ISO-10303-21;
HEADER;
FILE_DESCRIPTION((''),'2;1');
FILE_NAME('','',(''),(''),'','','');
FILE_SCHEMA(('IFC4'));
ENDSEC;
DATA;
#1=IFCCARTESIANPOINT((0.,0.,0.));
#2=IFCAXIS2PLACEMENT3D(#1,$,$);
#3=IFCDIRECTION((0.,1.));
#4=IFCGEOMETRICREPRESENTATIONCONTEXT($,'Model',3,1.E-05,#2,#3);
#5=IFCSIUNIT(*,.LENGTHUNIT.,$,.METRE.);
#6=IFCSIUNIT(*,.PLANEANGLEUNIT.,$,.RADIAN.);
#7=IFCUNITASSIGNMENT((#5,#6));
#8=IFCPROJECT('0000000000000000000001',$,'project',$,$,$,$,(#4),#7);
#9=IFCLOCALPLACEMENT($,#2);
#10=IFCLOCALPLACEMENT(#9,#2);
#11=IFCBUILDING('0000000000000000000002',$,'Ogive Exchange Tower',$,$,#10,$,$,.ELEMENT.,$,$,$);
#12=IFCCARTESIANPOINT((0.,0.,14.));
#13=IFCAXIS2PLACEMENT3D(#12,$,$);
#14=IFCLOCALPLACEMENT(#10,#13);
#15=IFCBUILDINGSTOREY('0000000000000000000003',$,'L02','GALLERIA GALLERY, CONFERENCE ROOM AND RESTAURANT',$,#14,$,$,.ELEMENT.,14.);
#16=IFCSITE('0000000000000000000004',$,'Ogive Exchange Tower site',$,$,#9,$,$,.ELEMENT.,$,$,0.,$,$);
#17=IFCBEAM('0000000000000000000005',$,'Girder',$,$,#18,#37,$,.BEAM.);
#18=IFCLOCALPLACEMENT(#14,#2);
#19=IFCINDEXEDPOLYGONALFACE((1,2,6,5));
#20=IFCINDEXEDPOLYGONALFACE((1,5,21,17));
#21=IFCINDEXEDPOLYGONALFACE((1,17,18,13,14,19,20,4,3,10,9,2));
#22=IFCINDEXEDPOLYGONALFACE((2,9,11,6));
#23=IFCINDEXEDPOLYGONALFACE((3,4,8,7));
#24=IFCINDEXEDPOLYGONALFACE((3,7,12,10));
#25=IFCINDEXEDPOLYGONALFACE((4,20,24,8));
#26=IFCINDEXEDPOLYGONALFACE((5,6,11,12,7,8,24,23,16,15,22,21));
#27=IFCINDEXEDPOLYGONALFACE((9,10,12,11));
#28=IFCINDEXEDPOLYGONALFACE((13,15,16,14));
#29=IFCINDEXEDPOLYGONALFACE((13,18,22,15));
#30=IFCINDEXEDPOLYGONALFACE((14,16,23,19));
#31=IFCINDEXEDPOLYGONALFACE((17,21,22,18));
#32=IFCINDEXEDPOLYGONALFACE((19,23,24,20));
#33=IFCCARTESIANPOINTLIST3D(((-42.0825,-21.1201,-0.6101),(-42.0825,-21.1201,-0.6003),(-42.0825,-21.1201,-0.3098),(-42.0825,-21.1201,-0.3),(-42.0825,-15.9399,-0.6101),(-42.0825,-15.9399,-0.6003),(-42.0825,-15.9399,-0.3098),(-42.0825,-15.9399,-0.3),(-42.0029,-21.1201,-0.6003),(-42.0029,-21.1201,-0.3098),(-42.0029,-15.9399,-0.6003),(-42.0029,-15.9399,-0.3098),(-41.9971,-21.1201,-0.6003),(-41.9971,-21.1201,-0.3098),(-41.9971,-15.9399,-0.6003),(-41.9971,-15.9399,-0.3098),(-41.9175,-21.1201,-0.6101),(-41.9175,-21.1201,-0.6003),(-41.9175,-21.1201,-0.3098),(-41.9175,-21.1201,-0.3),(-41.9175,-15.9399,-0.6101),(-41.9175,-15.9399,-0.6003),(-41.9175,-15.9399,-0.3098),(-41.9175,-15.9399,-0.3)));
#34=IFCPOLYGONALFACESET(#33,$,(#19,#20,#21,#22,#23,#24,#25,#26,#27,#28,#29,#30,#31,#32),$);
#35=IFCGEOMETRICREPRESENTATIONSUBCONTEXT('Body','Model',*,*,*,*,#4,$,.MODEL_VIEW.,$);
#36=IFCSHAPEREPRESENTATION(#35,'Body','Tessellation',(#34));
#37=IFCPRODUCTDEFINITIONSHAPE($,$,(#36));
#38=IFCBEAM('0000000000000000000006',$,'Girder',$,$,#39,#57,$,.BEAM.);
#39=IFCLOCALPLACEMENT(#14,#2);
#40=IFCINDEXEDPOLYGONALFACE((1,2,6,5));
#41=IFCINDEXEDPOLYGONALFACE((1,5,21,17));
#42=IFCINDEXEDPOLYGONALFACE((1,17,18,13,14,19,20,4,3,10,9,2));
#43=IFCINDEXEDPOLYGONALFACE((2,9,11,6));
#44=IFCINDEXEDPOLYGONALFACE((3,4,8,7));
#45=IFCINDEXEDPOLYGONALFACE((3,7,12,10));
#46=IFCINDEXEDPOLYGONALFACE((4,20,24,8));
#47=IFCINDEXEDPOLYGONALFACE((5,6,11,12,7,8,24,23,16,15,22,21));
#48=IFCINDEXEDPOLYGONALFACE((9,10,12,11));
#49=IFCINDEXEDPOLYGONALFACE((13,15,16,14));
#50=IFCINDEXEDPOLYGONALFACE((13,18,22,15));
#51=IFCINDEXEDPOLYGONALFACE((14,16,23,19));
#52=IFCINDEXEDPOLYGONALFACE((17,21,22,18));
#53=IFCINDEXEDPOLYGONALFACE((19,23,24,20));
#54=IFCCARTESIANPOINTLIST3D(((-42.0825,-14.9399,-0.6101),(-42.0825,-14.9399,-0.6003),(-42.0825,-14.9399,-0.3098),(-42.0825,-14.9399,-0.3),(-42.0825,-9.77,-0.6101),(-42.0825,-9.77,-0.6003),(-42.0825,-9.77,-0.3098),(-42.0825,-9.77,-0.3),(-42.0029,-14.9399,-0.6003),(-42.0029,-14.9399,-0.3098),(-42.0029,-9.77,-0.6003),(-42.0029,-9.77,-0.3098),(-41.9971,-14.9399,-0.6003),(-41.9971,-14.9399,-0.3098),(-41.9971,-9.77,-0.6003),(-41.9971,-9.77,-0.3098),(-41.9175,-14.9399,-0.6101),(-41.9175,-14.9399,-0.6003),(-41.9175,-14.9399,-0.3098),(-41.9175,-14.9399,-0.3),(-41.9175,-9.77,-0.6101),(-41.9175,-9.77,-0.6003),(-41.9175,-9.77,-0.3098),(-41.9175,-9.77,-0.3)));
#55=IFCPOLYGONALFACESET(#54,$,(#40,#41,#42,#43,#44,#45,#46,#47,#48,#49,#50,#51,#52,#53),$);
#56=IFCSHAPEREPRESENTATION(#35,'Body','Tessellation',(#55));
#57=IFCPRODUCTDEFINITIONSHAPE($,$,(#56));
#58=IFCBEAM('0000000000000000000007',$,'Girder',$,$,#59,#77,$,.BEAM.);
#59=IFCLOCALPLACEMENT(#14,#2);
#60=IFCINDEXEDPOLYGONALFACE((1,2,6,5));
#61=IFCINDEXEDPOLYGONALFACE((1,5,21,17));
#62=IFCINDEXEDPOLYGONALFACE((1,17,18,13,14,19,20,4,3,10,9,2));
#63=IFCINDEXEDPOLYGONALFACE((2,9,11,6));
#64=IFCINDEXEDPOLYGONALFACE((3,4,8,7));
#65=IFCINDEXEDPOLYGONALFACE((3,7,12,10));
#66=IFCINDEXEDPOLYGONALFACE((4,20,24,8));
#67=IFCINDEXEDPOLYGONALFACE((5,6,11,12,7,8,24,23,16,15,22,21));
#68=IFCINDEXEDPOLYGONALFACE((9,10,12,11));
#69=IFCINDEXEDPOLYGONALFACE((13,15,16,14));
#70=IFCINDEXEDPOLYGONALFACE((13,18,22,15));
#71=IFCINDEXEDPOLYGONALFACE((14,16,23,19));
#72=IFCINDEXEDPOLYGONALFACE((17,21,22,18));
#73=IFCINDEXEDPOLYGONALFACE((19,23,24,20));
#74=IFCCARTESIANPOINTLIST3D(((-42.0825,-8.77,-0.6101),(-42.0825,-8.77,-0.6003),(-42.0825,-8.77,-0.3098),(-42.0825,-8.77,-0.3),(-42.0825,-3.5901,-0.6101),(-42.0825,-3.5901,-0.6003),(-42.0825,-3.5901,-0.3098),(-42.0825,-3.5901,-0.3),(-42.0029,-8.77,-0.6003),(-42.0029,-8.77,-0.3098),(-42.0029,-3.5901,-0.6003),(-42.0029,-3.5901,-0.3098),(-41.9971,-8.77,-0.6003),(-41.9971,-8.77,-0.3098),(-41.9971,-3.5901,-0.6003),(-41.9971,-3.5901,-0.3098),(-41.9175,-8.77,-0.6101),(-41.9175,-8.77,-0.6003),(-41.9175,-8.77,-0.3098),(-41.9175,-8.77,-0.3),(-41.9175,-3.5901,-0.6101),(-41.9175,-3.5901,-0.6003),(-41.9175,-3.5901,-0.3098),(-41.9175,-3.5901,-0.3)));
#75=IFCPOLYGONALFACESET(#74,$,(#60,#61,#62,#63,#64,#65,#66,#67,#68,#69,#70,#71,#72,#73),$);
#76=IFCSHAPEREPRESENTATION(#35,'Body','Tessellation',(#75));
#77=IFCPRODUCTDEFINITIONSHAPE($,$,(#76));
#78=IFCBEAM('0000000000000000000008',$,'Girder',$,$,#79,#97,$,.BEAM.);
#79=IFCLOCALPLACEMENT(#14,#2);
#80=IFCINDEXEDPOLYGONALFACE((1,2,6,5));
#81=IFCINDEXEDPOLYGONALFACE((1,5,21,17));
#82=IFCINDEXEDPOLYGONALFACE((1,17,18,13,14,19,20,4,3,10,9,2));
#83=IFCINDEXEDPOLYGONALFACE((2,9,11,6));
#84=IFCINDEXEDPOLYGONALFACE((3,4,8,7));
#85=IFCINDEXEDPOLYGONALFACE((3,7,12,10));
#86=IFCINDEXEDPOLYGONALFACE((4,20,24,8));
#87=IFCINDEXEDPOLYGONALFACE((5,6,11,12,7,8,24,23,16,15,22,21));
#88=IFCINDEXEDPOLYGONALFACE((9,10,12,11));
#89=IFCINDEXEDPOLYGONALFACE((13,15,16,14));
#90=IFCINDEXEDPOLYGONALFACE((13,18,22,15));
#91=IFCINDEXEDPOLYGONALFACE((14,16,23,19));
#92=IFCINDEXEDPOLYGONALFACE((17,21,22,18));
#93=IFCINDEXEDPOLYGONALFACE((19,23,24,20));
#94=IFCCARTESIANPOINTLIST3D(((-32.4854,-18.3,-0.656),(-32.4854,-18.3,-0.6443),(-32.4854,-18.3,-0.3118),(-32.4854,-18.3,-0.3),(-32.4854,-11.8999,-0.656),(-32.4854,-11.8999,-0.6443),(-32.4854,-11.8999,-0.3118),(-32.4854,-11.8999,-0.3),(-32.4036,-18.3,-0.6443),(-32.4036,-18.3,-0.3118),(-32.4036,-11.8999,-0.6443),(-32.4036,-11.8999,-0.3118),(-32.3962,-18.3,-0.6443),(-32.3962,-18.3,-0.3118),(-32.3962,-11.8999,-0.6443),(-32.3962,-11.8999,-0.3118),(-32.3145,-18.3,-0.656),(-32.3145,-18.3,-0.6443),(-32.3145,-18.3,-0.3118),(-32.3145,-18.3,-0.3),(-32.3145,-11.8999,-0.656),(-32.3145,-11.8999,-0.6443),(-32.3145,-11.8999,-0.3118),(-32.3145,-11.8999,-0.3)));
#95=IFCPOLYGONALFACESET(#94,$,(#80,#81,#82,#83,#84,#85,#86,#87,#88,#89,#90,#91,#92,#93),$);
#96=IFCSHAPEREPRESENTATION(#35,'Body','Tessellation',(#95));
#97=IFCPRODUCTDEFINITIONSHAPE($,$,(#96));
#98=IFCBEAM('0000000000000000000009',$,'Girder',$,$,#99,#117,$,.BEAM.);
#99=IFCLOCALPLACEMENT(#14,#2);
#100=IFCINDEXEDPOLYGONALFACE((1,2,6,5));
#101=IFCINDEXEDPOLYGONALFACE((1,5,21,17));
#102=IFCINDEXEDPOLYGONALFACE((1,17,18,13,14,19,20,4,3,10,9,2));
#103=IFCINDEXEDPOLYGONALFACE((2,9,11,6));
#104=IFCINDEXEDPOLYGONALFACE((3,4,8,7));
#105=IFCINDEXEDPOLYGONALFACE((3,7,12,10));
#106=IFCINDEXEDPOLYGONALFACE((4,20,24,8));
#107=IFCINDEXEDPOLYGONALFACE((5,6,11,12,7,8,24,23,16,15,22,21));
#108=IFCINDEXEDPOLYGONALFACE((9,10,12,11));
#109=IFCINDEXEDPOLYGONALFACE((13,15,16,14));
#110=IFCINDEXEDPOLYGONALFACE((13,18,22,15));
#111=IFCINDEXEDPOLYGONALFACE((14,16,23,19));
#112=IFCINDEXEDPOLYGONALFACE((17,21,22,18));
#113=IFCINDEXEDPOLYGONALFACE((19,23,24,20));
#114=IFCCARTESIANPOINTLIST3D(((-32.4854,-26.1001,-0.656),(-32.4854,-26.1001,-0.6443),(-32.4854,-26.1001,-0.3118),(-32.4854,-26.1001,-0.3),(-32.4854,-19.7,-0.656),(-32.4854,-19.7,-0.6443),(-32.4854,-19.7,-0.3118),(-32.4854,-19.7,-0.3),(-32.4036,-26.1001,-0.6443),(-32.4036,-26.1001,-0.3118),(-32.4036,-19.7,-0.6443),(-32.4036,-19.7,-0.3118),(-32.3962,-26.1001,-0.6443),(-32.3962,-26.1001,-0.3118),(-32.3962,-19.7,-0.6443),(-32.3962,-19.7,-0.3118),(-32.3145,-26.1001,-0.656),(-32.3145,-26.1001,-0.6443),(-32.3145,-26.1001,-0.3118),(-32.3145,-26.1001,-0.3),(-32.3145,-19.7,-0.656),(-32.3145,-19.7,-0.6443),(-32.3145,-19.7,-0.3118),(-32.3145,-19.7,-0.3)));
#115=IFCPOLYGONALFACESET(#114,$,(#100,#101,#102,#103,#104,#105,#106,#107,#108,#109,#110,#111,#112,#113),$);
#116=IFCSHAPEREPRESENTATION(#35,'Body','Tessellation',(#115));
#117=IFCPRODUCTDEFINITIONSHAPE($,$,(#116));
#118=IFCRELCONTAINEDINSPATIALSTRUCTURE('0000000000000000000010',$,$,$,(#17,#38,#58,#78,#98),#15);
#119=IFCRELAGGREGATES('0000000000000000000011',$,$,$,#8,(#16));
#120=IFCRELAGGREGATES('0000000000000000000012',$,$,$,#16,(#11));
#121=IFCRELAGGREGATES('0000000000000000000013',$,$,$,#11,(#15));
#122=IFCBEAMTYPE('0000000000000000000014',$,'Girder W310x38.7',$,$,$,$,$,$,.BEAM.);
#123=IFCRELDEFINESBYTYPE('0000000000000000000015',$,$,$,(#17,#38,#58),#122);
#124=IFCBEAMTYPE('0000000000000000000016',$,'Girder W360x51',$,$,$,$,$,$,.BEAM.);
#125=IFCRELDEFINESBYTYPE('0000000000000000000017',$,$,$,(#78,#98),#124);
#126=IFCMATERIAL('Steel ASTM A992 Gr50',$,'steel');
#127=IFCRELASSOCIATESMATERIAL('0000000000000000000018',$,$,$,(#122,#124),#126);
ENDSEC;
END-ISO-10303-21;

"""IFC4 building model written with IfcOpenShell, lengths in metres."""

from ifc_helpers import new_model, si_unit, direction, frame, origin, origin_2d, place, context, subcontext, project, spatial, i_section, extrude, material, material_profile, profile_set, type_object, element, save


model = new_model("IFC4")

# Units and contexts
model_context = context("Model", 3, precision=1e-05, world=origin(), true_north=direction((0.0, 1.0)))
body_context = subcontext(model_context, "Body", "Model", "MODEL_VIEW")
ifc_project = project(units=[si_unit("LENGTHUNIT", "METRE"), si_unit("PLANEANGLEUNIT", "RADIAN")], contexts=[model_context])

# Site, building, storey
site_placement = place(None, origin())
site = spatial("IfcSite", under=ifc_project, at=site_placement, Name="Ogive Exchange Tower site", CompositionType="ELEMENT", RefElevation=0.0)
building_placement = place(site_placement, origin())
building = spatial("IfcBuilding", under=site, at=building_placement, Name="Ogive Exchange Tower", CompositionType="ELEMENT")
storey_placement = place(building_placement, frame((0.0, 0.0, 14.0)))
storey = spatial("IfcBuildingStorey", under=building, at=storey_placement, Name="L02", Description="GALLERIA GALLERY, CONFERENCE ROOM AND RESTAURANT", CompositionType="ELEMENT", Elevation=14.0)

# Beams
ifc_material_1 = material(Name="Steel ASTM A992 Gr50", Category="steel")
ifc_material_profile_1 = material_profile(ifc_material_1, i_section(OverallWidth=0.165, OverallDepth=0.3101, WebThickness=0.0059, FlangeThickness=0.0098, at=origin_2d()), Name="W310x38.7")
ifc_profile_set_1 = profile_set([ifc_material_profile_1], Name="Steel ASTM A992 Gr50")
beam_type_1 = type_object("IfcBeamType", Name="Girder W310x38.7", PredefinedType="BEAM", material=ifc_profile_set_1)
beam_1_placement = place(storey_placement, frame((-42.0, -21.1201, -0.4551), z_axis=(0.0, 1.0, 0.0), x_axis=(-1.0, 0.0, 0.0)))
element("IfcBeam", 1, at=beam_1_placement, inside=storey, type_object=beam_type_1, Name="Girder", PredefinedType="BEAM", context=body_context, shape_type="SweptSolid", body=[
    extrude(i_section(OverallWidth=0.165, OverallDepth=0.3101, WebThickness=0.0059, FlangeThickness=0.0098, at=origin_2d()), origin(), (0.0, 0.0, 1.0), 5.1802),
])
beam_2_placement = place(storey_placement, frame((-42.0, -14.9399, -0.4551), z_axis=(0.0, 1.0, 0.0), x_axis=(-1.0, 0.0, 0.0)))
element("IfcBeam", 2, at=beam_2_placement, inside=storey, type_object=beam_type_1, Name="Girder", PredefinedType="BEAM", context=body_context, shape_type="SweptSolid", body=[
    extrude(i_section(OverallWidth=0.165, OverallDepth=0.3101, WebThickness=0.0059, FlangeThickness=0.0098, at=origin_2d()), origin(), (0.0, 0.0, 1.0), 5.1699),
])
beam_3_placement = place(storey_placement, frame((-42.0, -8.77, -0.4551), z_axis=(0.0, 1.0, 0.0), x_axis=(-1.0, 0.0, 0.0)))
element("IfcBeam", 3, at=beam_3_placement, inside=storey, type_object=beam_type_1, Name="Girder", PredefinedType="BEAM", context=body_context, shape_type="SweptSolid", body=[
    extrude(i_section(OverallWidth=0.165, OverallDepth=0.3101, WebThickness=0.0059, FlangeThickness=0.0098, at=origin_2d()), origin(), (0.0, 0.0, 1.0), 5.1799),
])
ifc_material_profile_2 = material_profile(ifc_material_1, i_section(OverallWidth=0.1709, OverallDepth=0.356, WebThickness=0.0073, FlangeThickness=0.0117, at=origin_2d()), Name="W360x51")
ifc_profile_set_2 = profile_set([ifc_material_profile_2], Name="Steel ASTM A992 Gr50")
beam_type_2 = type_object("IfcBeamType", Name="Girder W360x51", PredefinedType="BEAM", material=ifc_profile_set_2)
for number, where, z_axis, x_axis, name in (
    (4, (-32.3999, -11.8999, -0.478), (0.0, -1.0, 0.0), (1.0, 0.0, 0.0), "Girder"),
    (5, (-32.3999, -19.7, -0.478), (0.0, -1.0, 0.0), (1.0, 0.0, 0.0), "Girder"),
):
    element("IfcBeam", number, at=place(storey_placement, frame(where, z_axis=z_axis, x_axis=x_axis)), inside=storey, type_object=beam_type_2, Name=name, PredefinedType="BEAM", context=body_context, shape_type="SweptSolid", body=[
        extrude(i_section(OverallWidth=0.1709, OverallDepth=0.356, WebThickness=0.0073, FlangeThickness=0.0117, at=origin_2d()), origin(), (0.0, 0.0, 1.0), 6.4001),
    ])

save(model, "model.ifc")
